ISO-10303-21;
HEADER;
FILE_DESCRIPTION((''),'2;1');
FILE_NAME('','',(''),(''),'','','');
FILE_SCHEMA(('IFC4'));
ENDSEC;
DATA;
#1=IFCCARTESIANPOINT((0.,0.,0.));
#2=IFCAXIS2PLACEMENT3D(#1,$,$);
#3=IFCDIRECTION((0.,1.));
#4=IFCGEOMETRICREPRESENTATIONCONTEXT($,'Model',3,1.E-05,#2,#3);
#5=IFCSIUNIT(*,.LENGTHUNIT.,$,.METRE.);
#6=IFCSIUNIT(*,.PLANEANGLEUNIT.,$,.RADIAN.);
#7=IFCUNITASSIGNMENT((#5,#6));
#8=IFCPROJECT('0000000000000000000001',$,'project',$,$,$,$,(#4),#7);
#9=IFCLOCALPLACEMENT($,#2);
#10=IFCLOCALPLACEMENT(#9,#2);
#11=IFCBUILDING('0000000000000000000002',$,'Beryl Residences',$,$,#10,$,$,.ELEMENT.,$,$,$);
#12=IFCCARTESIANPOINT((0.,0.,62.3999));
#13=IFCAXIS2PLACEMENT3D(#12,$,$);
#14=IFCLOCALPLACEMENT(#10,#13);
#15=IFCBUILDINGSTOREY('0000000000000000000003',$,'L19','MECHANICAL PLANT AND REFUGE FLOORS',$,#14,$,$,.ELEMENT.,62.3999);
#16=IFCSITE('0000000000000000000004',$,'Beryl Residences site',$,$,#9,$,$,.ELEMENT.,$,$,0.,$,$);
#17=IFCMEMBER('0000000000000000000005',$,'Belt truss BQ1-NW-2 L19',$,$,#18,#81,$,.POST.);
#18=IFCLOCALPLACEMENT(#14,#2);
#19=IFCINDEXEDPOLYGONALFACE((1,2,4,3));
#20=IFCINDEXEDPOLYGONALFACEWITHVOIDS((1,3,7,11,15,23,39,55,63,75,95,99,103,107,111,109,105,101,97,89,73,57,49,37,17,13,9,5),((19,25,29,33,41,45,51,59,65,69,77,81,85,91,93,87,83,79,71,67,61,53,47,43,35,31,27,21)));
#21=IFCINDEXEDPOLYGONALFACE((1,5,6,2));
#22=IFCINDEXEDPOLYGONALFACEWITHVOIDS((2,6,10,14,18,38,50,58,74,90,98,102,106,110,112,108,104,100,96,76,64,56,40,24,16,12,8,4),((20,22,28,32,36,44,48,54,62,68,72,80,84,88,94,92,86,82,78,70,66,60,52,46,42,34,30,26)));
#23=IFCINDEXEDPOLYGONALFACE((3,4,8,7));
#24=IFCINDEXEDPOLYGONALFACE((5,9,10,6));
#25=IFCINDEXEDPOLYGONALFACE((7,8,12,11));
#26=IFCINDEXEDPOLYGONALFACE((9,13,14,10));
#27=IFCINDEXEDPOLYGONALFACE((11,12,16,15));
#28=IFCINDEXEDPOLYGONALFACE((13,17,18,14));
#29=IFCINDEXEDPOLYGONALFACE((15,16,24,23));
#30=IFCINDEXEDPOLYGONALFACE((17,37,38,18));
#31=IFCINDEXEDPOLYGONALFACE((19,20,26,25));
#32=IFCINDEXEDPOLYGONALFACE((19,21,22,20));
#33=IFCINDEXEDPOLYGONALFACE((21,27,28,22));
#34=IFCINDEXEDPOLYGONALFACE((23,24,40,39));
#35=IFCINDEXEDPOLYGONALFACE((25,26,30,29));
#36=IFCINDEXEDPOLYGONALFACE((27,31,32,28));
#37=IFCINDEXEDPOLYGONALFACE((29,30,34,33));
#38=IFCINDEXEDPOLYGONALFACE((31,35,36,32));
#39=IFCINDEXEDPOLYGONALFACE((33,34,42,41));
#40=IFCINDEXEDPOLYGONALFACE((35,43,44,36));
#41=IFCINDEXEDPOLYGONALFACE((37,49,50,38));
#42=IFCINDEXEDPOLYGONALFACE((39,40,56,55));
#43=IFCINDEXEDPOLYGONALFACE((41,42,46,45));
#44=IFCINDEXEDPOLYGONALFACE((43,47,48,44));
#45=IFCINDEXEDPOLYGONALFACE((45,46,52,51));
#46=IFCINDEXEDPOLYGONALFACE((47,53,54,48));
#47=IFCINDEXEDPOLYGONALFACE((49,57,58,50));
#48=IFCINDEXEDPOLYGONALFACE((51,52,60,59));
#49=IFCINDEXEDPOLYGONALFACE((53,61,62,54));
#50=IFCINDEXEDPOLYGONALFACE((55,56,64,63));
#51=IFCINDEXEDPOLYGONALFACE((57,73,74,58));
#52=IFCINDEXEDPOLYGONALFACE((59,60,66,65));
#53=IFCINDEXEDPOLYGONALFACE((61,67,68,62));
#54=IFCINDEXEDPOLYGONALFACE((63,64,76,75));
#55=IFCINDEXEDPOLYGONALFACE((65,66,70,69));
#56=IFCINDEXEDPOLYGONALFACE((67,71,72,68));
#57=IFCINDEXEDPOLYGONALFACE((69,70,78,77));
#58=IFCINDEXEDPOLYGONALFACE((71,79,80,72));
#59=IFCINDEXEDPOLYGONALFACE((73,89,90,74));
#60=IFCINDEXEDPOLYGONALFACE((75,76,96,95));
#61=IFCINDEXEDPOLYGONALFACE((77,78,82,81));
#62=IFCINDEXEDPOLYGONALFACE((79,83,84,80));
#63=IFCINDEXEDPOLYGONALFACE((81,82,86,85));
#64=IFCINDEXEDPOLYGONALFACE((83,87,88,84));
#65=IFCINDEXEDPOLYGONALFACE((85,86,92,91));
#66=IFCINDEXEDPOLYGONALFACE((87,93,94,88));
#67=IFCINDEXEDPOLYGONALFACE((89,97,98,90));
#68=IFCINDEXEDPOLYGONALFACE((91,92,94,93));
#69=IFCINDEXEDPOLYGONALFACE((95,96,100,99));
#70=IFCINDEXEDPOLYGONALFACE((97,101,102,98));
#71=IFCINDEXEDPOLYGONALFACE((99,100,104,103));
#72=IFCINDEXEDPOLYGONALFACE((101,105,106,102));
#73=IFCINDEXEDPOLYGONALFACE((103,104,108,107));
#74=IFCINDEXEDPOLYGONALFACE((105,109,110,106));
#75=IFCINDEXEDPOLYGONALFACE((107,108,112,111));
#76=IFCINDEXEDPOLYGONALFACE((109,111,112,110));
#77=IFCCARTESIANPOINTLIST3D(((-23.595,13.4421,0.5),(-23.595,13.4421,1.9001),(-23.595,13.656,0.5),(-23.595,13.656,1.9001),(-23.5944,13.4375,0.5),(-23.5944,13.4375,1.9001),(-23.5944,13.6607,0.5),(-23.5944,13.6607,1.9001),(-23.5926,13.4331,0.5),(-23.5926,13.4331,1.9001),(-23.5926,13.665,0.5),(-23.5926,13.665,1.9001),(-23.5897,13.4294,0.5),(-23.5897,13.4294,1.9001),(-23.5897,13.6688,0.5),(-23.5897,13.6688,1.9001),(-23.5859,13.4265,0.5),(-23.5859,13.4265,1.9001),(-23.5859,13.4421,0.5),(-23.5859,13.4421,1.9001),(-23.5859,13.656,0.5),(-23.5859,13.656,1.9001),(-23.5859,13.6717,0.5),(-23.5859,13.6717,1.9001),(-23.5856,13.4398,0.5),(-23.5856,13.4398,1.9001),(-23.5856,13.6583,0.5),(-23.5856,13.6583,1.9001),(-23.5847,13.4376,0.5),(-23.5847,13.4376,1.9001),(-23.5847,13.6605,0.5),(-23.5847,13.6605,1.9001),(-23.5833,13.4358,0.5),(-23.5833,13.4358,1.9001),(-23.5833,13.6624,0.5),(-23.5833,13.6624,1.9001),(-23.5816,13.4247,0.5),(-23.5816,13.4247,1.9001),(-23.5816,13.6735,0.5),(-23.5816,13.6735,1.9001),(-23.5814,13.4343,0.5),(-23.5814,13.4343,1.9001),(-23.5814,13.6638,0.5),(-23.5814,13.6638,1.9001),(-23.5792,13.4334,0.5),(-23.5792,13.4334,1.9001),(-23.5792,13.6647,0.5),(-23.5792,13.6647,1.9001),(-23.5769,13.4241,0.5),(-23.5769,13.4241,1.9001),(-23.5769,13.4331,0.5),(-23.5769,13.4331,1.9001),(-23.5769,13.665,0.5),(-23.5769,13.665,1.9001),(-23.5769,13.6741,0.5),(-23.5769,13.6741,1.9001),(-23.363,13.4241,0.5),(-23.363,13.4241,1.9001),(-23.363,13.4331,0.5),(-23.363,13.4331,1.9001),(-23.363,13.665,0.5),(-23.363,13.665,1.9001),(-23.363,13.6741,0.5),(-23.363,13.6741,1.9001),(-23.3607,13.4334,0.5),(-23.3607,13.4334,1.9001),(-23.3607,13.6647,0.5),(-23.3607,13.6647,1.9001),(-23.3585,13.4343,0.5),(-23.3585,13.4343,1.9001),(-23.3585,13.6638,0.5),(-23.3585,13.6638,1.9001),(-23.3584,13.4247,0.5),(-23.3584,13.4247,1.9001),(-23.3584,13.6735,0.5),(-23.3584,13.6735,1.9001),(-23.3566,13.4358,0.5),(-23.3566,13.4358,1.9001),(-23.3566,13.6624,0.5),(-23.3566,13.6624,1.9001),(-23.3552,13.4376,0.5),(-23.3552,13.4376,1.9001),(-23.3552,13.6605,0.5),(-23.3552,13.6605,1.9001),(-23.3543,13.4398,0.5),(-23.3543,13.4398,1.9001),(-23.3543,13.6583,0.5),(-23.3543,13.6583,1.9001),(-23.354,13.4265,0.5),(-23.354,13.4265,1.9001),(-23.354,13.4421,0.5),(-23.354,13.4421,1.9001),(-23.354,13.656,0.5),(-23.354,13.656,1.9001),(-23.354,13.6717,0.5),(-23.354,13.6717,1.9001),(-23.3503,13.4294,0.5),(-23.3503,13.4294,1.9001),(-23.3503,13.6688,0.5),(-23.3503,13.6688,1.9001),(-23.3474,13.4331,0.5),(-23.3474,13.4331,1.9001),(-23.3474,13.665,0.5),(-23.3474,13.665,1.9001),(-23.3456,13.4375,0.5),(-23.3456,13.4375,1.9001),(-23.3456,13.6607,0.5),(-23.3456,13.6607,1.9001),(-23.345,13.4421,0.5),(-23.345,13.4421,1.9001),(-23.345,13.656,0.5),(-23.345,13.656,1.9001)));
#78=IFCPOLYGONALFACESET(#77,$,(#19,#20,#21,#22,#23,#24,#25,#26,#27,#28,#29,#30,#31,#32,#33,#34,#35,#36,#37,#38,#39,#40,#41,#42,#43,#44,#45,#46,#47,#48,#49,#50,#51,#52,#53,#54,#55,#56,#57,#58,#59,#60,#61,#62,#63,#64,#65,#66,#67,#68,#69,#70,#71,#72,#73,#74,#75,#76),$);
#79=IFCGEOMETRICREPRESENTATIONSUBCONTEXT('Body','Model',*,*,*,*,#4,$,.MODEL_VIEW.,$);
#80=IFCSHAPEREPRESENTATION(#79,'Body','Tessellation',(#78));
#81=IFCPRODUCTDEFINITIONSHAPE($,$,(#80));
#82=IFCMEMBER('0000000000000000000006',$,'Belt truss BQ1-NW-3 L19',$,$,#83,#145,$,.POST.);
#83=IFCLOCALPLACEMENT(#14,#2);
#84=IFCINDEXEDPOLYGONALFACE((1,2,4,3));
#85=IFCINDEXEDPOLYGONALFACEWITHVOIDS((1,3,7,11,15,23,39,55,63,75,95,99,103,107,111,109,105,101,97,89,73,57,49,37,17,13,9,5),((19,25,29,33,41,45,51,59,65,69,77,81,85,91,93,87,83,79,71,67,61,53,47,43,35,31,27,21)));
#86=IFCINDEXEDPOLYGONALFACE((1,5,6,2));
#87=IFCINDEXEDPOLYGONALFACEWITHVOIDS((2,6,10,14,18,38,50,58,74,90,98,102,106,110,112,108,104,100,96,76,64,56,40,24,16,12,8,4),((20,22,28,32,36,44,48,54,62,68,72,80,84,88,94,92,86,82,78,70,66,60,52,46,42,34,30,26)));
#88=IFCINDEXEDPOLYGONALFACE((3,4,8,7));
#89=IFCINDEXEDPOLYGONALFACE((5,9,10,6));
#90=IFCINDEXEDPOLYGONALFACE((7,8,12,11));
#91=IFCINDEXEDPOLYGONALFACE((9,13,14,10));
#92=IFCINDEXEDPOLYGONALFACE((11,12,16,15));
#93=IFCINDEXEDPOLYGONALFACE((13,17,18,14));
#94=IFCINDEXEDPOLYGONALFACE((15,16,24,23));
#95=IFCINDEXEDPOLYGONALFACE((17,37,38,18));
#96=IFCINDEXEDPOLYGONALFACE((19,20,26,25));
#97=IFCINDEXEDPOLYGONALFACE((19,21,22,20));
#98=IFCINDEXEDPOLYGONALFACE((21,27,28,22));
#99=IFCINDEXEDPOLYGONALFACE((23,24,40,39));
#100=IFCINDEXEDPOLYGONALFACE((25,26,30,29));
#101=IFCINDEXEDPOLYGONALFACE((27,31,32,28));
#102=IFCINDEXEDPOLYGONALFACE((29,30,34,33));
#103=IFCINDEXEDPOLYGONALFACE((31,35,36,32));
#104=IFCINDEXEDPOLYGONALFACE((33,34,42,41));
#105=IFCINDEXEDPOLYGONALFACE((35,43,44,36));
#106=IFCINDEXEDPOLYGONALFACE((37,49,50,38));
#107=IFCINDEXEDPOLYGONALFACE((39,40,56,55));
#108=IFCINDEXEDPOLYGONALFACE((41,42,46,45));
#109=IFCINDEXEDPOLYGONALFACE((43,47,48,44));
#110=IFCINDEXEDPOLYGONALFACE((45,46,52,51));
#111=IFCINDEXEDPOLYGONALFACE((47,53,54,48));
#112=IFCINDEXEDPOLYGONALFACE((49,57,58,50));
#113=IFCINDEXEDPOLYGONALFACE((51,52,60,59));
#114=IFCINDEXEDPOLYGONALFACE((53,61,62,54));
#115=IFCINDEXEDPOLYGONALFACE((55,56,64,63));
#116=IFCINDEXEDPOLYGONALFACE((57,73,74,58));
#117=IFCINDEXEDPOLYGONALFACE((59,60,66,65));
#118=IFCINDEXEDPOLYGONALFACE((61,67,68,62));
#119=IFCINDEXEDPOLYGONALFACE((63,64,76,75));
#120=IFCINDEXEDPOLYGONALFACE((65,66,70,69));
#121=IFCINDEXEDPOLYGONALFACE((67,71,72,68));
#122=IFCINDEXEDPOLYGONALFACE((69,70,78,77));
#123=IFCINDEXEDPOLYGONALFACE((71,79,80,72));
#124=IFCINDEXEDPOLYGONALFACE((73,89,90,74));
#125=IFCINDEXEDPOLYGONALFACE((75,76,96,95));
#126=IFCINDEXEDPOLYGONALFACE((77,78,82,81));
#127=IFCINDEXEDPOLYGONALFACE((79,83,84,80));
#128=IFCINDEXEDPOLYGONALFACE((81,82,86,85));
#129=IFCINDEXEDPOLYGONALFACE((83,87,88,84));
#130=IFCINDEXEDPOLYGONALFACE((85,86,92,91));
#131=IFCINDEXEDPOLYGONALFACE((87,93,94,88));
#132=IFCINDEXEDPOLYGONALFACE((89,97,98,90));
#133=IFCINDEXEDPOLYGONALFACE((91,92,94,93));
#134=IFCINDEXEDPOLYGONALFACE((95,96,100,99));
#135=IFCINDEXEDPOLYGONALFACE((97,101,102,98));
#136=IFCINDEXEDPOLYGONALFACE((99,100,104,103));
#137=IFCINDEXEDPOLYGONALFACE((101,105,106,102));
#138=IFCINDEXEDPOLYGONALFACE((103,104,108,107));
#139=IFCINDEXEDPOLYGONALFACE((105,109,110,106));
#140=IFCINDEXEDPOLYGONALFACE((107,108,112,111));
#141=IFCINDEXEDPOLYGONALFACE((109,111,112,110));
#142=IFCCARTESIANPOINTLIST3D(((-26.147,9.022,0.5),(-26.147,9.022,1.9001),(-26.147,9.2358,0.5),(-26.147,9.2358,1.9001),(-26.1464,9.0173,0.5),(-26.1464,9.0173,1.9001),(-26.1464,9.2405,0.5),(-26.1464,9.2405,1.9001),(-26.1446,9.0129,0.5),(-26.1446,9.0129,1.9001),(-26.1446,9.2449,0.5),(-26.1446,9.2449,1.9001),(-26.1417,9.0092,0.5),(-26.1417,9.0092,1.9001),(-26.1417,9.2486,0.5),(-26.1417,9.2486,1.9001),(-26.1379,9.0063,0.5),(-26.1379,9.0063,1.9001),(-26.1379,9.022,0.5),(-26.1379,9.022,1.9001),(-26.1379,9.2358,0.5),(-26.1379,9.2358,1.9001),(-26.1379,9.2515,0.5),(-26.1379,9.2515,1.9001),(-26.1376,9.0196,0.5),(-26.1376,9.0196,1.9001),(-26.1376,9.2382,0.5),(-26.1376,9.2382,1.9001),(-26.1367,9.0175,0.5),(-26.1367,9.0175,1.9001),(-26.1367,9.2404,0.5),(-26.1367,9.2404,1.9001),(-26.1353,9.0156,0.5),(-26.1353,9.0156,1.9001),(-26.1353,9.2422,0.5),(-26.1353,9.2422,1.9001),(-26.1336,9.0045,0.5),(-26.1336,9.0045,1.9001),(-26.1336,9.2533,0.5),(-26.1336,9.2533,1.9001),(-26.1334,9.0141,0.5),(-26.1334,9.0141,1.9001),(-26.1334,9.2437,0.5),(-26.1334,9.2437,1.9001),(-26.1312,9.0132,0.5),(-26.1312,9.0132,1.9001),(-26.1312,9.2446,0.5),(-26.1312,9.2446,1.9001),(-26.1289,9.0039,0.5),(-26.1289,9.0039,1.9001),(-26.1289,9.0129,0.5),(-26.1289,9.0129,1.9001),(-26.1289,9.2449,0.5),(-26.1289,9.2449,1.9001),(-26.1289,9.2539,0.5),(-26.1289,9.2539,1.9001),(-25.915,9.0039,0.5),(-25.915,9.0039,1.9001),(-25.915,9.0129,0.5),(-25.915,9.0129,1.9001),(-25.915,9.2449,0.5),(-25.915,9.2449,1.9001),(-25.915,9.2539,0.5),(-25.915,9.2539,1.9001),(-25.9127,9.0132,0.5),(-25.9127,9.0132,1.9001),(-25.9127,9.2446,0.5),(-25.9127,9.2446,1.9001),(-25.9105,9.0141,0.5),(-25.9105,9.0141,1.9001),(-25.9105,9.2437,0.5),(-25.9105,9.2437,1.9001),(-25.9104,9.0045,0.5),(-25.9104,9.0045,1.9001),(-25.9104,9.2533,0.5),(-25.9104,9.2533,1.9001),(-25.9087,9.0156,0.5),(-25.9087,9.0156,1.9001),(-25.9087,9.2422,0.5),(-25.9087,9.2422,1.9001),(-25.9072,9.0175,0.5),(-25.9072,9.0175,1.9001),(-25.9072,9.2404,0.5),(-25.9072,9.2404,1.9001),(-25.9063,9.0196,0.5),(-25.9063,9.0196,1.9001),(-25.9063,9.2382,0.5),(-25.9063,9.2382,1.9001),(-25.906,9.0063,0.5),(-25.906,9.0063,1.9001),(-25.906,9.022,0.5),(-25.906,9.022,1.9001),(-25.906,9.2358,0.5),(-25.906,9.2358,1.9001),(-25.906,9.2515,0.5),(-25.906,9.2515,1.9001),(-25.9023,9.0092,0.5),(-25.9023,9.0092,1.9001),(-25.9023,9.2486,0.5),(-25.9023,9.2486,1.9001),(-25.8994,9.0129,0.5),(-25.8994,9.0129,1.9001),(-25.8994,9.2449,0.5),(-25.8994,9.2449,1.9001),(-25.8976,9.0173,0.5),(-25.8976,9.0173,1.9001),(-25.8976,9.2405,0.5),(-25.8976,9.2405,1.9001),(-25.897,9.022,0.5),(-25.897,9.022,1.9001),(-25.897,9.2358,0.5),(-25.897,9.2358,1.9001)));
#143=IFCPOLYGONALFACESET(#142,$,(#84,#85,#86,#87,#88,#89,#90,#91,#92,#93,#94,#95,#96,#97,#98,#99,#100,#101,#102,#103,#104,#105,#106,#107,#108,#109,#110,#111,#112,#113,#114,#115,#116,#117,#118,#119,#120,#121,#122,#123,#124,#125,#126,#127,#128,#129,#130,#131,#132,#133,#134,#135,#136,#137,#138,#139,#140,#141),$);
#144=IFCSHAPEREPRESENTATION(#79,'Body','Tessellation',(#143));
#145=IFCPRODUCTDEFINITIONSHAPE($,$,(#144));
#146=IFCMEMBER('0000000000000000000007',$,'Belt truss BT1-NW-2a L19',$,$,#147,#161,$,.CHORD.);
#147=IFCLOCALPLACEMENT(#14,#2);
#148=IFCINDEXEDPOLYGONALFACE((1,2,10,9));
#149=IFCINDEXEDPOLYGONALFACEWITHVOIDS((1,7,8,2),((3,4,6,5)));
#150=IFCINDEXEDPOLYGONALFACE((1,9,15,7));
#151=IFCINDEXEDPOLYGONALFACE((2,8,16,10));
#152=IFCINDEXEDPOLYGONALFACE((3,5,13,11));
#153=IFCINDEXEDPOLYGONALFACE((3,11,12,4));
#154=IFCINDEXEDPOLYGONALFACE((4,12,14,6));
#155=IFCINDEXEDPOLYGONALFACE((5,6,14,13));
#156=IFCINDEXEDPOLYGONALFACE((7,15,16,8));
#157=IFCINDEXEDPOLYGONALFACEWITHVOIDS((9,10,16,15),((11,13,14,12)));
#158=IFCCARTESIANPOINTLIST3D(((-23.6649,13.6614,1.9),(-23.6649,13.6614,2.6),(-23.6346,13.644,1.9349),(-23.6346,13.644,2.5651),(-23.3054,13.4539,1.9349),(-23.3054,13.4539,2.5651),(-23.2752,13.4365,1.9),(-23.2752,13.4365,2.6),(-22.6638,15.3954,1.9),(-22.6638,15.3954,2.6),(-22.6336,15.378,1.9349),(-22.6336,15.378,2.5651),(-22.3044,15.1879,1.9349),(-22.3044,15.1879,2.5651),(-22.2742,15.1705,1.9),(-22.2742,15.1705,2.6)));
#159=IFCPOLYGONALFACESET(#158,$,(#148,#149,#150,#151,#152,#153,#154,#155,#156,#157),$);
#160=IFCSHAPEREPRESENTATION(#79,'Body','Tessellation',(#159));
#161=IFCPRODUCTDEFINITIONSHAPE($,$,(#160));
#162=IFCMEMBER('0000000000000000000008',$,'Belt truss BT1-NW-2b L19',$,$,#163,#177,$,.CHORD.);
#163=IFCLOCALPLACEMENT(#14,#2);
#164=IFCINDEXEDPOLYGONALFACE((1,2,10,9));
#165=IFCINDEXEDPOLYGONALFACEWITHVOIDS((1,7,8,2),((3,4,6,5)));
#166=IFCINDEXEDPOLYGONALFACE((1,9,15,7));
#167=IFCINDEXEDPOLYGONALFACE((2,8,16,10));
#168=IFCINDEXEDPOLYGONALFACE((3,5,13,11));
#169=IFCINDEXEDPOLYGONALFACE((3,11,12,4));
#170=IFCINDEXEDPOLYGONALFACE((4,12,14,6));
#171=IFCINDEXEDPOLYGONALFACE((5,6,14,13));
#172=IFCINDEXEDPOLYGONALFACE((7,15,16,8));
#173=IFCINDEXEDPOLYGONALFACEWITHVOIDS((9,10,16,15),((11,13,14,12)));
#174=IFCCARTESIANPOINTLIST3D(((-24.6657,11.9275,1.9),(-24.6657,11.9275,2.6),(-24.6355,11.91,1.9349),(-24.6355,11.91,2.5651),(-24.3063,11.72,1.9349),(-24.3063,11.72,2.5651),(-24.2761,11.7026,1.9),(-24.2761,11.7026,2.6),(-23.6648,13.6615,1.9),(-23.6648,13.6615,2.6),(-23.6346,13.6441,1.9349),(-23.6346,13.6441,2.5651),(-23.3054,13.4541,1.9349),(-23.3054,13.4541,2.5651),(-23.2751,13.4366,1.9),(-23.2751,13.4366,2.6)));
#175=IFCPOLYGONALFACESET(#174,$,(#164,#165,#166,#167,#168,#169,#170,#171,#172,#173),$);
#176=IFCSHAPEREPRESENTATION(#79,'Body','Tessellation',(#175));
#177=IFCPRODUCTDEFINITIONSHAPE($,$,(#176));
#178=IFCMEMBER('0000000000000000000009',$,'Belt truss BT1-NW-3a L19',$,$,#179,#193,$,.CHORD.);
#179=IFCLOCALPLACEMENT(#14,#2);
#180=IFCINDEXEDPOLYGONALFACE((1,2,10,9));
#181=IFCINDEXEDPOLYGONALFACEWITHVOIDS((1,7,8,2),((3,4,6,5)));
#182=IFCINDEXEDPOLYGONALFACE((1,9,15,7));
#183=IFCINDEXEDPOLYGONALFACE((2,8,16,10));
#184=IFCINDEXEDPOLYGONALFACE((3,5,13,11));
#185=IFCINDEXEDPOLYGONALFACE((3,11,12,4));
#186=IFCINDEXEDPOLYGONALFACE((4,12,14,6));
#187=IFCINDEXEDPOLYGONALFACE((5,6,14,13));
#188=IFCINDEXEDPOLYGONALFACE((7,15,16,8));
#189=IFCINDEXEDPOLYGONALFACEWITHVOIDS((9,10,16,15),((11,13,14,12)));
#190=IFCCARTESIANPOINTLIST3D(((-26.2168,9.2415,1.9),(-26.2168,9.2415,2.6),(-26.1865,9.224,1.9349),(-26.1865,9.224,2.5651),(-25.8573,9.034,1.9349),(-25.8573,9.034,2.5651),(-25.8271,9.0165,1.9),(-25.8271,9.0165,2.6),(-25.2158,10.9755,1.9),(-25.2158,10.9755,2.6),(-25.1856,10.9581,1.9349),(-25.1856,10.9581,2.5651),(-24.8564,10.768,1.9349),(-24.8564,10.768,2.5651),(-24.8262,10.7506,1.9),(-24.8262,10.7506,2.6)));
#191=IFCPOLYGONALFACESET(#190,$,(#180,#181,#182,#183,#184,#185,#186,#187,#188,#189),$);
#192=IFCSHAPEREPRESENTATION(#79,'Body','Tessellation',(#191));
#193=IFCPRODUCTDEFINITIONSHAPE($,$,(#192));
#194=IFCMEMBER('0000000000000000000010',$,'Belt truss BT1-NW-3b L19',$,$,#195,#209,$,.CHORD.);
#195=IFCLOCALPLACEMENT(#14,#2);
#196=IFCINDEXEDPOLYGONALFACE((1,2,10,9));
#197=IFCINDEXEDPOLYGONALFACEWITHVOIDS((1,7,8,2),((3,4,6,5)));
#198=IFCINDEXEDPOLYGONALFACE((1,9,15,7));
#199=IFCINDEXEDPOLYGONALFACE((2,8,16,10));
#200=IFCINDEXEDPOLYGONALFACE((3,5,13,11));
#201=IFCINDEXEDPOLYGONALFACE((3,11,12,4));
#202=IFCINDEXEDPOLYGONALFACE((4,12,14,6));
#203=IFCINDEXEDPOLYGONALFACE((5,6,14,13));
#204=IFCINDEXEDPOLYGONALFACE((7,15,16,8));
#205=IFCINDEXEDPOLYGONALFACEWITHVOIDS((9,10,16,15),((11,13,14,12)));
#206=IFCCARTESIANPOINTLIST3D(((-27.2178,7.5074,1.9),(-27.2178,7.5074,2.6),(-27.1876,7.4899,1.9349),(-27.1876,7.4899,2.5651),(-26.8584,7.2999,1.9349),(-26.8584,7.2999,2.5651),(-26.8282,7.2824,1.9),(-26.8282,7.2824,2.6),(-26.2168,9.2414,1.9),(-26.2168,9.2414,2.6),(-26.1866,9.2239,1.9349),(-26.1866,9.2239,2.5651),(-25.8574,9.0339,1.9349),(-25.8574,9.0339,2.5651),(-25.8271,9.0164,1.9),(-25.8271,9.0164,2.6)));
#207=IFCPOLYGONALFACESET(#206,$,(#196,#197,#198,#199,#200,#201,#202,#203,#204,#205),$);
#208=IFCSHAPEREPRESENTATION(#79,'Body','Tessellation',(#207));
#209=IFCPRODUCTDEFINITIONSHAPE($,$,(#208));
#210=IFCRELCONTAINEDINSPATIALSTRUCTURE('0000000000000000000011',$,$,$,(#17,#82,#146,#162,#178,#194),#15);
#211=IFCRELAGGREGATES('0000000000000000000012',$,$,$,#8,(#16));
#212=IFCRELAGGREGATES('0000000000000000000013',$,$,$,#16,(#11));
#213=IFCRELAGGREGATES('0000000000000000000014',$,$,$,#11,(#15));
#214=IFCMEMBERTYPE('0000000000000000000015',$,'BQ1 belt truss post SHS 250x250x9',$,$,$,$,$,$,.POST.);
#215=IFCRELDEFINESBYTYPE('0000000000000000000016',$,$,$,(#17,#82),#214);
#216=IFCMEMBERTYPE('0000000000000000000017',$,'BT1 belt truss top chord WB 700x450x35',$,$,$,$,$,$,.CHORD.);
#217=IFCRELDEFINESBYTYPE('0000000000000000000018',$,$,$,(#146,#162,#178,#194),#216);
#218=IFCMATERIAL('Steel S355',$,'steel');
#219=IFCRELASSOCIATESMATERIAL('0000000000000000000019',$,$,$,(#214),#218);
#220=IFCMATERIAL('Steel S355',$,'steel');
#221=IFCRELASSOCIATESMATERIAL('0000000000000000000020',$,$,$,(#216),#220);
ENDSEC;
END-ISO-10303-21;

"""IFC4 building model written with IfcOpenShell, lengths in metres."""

from ifc_helpers import new_model, si_unit, direction, frame, origin, origin_2d, place, context, subcontext, project, spatial, hollow_rectangle, extrude, material, material_profile, profile_set, type_object, element, save


model = new_model("IFC4")

# Units and contexts
model_context = context("Model", 3, precision=1e-05, world=origin(), true_north=direction((0.0, 1.0)))
body_context = subcontext(model_context, "Body", "Model", "MODEL_VIEW")
ifc_project = project(units=[si_unit("LENGTHUNIT", "METRE"), si_unit("PLANEANGLEUNIT", "RADIAN")], contexts=[model_context])

# Site, building, storey
site_placement = place(None, origin())
site = spatial("IfcSite", under=ifc_project, at=site_placement, Name="Beryl Residences site", CompositionType="ELEMENT", RefElevation=0.0)
building_placement = place(site_placement, origin())
building = spatial("IfcBuilding", under=site, at=building_placement, Name="Beryl Residences", CompositionType="ELEMENT")
storey_placement = place(building_placement, frame((0.0, 0.0, 62.3999)))
storey = spatial("IfcBuildingStorey", under=building, at=storey_placement, Name="L19", Description="MECHANICAL PLANT AND REFUGE FLOORS", CompositionType="ELEMENT", Elevation=62.3999)

# Members
ifc_material_1 = material(Name="Steel S355", Category="steel")
ifc_material_profile_1 = material_profile(ifc_material_1, hollow_rectangle(XDim=0.25, YDim=0.25, WallThickness=0.009, InnerFilletRadius=0.009, OuterFilletRadius=0.0181, at=origin_2d()))
ifc_profile_set_1 = profile_set([ifc_material_profile_1], Name="Steel S355")
member_type_1 = type_object("IfcMemberType", Name="BQ1 belt truss post SHS 250x250x9", PredefinedType="POST", material=ifc_profile_set_1)
for number, where, z_axis, x_axis, name in (
    (1, (-23.47, 13.5491, 0.5), (0.0, 0.0, 1.0), (1.0, 0.0, 0.0), "Belt truss BQ1-NW-2 L19"),
    (2, (-26.022, 9.1289, 0.5), (0.0, 0.0, 1.0), (1.0, 0.0, 0.0), "Belt truss BQ1-NW-3 L19"),
):
    element("IfcMember", number, at=place(storey_placement, frame(where, z_axis=z_axis, x_axis=x_axis)), inside=storey, type_object=member_type_1, Name=name, PredefinedType="POST", context=body_context, shape_type="SweptSolid", body=[
        extrude(hollow_rectangle(XDim=0.25, YDim=0.25, WallThickness=0.009, InnerFilletRadius=0.009, OuterFilletRadius=0.0181, at=origin_2d()), origin(), (0.0, 0.0, 1.0), 1.4001),
    ])
ifc_material_2 = material(Name="Steel S355", Category="steel")
ifc_material_profile_2 = material_profile(ifc_material_2, hollow_rectangle(XDim=0.45, YDim=0.7, WallThickness=0.0349, at=origin_2d()))
ifc_profile_set_2 = profile_set([ifc_material_profile_2], Name="Steel S355")
member_type_2 = type_object("IfcMemberType", Name="BT1 belt truss top chord WB 700x450x35", PredefinedType="CHORD", material=ifc_profile_set_2)
for number, where, z_axis, x_axis, name in (
    (3, (-22.469, 15.283, 2.25), (-0.499969, -0.866043, 0.0), (0.866043, -0.499969, 0.0), "Belt truss BT1-NW-2a L19"),
    (4, (-23.47, 13.5491, 2.25), (-0.499916, -0.866074, 0.0), (0.866074, -0.499916, 0.0), "Belt truss BT1-NW-2b L19"),
    (5, (-25.021, 10.863, 2.25), (-0.499916, -0.866074, 0.0), (0.866074, -0.499916, 0.0), "Belt truss BT1-NW-3a L19"),
    (6, (-26.022, 9.1289, 2.25), (-0.499969, -0.866043, 0.0), (0.866043, -0.499969, 0.0), "Belt truss BT1-NW-3b L19"),
):
    element("IfcMember", number, at=place(storey_placement, frame(where, z_axis=z_axis, x_axis=x_axis)), inside=storey, type_object=member_type_2, Name=name, PredefinedType="CHORD", context=body_context, shape_type="SweptSolid", body=[
        extrude(hollow_rectangle(XDim=0.45, YDim=0.7, WallThickness=0.0349, at=origin_2d()), origin(), (0.0, 0.0, 1.0), 2.0022),
    ])

save(model, "model.ifc")
